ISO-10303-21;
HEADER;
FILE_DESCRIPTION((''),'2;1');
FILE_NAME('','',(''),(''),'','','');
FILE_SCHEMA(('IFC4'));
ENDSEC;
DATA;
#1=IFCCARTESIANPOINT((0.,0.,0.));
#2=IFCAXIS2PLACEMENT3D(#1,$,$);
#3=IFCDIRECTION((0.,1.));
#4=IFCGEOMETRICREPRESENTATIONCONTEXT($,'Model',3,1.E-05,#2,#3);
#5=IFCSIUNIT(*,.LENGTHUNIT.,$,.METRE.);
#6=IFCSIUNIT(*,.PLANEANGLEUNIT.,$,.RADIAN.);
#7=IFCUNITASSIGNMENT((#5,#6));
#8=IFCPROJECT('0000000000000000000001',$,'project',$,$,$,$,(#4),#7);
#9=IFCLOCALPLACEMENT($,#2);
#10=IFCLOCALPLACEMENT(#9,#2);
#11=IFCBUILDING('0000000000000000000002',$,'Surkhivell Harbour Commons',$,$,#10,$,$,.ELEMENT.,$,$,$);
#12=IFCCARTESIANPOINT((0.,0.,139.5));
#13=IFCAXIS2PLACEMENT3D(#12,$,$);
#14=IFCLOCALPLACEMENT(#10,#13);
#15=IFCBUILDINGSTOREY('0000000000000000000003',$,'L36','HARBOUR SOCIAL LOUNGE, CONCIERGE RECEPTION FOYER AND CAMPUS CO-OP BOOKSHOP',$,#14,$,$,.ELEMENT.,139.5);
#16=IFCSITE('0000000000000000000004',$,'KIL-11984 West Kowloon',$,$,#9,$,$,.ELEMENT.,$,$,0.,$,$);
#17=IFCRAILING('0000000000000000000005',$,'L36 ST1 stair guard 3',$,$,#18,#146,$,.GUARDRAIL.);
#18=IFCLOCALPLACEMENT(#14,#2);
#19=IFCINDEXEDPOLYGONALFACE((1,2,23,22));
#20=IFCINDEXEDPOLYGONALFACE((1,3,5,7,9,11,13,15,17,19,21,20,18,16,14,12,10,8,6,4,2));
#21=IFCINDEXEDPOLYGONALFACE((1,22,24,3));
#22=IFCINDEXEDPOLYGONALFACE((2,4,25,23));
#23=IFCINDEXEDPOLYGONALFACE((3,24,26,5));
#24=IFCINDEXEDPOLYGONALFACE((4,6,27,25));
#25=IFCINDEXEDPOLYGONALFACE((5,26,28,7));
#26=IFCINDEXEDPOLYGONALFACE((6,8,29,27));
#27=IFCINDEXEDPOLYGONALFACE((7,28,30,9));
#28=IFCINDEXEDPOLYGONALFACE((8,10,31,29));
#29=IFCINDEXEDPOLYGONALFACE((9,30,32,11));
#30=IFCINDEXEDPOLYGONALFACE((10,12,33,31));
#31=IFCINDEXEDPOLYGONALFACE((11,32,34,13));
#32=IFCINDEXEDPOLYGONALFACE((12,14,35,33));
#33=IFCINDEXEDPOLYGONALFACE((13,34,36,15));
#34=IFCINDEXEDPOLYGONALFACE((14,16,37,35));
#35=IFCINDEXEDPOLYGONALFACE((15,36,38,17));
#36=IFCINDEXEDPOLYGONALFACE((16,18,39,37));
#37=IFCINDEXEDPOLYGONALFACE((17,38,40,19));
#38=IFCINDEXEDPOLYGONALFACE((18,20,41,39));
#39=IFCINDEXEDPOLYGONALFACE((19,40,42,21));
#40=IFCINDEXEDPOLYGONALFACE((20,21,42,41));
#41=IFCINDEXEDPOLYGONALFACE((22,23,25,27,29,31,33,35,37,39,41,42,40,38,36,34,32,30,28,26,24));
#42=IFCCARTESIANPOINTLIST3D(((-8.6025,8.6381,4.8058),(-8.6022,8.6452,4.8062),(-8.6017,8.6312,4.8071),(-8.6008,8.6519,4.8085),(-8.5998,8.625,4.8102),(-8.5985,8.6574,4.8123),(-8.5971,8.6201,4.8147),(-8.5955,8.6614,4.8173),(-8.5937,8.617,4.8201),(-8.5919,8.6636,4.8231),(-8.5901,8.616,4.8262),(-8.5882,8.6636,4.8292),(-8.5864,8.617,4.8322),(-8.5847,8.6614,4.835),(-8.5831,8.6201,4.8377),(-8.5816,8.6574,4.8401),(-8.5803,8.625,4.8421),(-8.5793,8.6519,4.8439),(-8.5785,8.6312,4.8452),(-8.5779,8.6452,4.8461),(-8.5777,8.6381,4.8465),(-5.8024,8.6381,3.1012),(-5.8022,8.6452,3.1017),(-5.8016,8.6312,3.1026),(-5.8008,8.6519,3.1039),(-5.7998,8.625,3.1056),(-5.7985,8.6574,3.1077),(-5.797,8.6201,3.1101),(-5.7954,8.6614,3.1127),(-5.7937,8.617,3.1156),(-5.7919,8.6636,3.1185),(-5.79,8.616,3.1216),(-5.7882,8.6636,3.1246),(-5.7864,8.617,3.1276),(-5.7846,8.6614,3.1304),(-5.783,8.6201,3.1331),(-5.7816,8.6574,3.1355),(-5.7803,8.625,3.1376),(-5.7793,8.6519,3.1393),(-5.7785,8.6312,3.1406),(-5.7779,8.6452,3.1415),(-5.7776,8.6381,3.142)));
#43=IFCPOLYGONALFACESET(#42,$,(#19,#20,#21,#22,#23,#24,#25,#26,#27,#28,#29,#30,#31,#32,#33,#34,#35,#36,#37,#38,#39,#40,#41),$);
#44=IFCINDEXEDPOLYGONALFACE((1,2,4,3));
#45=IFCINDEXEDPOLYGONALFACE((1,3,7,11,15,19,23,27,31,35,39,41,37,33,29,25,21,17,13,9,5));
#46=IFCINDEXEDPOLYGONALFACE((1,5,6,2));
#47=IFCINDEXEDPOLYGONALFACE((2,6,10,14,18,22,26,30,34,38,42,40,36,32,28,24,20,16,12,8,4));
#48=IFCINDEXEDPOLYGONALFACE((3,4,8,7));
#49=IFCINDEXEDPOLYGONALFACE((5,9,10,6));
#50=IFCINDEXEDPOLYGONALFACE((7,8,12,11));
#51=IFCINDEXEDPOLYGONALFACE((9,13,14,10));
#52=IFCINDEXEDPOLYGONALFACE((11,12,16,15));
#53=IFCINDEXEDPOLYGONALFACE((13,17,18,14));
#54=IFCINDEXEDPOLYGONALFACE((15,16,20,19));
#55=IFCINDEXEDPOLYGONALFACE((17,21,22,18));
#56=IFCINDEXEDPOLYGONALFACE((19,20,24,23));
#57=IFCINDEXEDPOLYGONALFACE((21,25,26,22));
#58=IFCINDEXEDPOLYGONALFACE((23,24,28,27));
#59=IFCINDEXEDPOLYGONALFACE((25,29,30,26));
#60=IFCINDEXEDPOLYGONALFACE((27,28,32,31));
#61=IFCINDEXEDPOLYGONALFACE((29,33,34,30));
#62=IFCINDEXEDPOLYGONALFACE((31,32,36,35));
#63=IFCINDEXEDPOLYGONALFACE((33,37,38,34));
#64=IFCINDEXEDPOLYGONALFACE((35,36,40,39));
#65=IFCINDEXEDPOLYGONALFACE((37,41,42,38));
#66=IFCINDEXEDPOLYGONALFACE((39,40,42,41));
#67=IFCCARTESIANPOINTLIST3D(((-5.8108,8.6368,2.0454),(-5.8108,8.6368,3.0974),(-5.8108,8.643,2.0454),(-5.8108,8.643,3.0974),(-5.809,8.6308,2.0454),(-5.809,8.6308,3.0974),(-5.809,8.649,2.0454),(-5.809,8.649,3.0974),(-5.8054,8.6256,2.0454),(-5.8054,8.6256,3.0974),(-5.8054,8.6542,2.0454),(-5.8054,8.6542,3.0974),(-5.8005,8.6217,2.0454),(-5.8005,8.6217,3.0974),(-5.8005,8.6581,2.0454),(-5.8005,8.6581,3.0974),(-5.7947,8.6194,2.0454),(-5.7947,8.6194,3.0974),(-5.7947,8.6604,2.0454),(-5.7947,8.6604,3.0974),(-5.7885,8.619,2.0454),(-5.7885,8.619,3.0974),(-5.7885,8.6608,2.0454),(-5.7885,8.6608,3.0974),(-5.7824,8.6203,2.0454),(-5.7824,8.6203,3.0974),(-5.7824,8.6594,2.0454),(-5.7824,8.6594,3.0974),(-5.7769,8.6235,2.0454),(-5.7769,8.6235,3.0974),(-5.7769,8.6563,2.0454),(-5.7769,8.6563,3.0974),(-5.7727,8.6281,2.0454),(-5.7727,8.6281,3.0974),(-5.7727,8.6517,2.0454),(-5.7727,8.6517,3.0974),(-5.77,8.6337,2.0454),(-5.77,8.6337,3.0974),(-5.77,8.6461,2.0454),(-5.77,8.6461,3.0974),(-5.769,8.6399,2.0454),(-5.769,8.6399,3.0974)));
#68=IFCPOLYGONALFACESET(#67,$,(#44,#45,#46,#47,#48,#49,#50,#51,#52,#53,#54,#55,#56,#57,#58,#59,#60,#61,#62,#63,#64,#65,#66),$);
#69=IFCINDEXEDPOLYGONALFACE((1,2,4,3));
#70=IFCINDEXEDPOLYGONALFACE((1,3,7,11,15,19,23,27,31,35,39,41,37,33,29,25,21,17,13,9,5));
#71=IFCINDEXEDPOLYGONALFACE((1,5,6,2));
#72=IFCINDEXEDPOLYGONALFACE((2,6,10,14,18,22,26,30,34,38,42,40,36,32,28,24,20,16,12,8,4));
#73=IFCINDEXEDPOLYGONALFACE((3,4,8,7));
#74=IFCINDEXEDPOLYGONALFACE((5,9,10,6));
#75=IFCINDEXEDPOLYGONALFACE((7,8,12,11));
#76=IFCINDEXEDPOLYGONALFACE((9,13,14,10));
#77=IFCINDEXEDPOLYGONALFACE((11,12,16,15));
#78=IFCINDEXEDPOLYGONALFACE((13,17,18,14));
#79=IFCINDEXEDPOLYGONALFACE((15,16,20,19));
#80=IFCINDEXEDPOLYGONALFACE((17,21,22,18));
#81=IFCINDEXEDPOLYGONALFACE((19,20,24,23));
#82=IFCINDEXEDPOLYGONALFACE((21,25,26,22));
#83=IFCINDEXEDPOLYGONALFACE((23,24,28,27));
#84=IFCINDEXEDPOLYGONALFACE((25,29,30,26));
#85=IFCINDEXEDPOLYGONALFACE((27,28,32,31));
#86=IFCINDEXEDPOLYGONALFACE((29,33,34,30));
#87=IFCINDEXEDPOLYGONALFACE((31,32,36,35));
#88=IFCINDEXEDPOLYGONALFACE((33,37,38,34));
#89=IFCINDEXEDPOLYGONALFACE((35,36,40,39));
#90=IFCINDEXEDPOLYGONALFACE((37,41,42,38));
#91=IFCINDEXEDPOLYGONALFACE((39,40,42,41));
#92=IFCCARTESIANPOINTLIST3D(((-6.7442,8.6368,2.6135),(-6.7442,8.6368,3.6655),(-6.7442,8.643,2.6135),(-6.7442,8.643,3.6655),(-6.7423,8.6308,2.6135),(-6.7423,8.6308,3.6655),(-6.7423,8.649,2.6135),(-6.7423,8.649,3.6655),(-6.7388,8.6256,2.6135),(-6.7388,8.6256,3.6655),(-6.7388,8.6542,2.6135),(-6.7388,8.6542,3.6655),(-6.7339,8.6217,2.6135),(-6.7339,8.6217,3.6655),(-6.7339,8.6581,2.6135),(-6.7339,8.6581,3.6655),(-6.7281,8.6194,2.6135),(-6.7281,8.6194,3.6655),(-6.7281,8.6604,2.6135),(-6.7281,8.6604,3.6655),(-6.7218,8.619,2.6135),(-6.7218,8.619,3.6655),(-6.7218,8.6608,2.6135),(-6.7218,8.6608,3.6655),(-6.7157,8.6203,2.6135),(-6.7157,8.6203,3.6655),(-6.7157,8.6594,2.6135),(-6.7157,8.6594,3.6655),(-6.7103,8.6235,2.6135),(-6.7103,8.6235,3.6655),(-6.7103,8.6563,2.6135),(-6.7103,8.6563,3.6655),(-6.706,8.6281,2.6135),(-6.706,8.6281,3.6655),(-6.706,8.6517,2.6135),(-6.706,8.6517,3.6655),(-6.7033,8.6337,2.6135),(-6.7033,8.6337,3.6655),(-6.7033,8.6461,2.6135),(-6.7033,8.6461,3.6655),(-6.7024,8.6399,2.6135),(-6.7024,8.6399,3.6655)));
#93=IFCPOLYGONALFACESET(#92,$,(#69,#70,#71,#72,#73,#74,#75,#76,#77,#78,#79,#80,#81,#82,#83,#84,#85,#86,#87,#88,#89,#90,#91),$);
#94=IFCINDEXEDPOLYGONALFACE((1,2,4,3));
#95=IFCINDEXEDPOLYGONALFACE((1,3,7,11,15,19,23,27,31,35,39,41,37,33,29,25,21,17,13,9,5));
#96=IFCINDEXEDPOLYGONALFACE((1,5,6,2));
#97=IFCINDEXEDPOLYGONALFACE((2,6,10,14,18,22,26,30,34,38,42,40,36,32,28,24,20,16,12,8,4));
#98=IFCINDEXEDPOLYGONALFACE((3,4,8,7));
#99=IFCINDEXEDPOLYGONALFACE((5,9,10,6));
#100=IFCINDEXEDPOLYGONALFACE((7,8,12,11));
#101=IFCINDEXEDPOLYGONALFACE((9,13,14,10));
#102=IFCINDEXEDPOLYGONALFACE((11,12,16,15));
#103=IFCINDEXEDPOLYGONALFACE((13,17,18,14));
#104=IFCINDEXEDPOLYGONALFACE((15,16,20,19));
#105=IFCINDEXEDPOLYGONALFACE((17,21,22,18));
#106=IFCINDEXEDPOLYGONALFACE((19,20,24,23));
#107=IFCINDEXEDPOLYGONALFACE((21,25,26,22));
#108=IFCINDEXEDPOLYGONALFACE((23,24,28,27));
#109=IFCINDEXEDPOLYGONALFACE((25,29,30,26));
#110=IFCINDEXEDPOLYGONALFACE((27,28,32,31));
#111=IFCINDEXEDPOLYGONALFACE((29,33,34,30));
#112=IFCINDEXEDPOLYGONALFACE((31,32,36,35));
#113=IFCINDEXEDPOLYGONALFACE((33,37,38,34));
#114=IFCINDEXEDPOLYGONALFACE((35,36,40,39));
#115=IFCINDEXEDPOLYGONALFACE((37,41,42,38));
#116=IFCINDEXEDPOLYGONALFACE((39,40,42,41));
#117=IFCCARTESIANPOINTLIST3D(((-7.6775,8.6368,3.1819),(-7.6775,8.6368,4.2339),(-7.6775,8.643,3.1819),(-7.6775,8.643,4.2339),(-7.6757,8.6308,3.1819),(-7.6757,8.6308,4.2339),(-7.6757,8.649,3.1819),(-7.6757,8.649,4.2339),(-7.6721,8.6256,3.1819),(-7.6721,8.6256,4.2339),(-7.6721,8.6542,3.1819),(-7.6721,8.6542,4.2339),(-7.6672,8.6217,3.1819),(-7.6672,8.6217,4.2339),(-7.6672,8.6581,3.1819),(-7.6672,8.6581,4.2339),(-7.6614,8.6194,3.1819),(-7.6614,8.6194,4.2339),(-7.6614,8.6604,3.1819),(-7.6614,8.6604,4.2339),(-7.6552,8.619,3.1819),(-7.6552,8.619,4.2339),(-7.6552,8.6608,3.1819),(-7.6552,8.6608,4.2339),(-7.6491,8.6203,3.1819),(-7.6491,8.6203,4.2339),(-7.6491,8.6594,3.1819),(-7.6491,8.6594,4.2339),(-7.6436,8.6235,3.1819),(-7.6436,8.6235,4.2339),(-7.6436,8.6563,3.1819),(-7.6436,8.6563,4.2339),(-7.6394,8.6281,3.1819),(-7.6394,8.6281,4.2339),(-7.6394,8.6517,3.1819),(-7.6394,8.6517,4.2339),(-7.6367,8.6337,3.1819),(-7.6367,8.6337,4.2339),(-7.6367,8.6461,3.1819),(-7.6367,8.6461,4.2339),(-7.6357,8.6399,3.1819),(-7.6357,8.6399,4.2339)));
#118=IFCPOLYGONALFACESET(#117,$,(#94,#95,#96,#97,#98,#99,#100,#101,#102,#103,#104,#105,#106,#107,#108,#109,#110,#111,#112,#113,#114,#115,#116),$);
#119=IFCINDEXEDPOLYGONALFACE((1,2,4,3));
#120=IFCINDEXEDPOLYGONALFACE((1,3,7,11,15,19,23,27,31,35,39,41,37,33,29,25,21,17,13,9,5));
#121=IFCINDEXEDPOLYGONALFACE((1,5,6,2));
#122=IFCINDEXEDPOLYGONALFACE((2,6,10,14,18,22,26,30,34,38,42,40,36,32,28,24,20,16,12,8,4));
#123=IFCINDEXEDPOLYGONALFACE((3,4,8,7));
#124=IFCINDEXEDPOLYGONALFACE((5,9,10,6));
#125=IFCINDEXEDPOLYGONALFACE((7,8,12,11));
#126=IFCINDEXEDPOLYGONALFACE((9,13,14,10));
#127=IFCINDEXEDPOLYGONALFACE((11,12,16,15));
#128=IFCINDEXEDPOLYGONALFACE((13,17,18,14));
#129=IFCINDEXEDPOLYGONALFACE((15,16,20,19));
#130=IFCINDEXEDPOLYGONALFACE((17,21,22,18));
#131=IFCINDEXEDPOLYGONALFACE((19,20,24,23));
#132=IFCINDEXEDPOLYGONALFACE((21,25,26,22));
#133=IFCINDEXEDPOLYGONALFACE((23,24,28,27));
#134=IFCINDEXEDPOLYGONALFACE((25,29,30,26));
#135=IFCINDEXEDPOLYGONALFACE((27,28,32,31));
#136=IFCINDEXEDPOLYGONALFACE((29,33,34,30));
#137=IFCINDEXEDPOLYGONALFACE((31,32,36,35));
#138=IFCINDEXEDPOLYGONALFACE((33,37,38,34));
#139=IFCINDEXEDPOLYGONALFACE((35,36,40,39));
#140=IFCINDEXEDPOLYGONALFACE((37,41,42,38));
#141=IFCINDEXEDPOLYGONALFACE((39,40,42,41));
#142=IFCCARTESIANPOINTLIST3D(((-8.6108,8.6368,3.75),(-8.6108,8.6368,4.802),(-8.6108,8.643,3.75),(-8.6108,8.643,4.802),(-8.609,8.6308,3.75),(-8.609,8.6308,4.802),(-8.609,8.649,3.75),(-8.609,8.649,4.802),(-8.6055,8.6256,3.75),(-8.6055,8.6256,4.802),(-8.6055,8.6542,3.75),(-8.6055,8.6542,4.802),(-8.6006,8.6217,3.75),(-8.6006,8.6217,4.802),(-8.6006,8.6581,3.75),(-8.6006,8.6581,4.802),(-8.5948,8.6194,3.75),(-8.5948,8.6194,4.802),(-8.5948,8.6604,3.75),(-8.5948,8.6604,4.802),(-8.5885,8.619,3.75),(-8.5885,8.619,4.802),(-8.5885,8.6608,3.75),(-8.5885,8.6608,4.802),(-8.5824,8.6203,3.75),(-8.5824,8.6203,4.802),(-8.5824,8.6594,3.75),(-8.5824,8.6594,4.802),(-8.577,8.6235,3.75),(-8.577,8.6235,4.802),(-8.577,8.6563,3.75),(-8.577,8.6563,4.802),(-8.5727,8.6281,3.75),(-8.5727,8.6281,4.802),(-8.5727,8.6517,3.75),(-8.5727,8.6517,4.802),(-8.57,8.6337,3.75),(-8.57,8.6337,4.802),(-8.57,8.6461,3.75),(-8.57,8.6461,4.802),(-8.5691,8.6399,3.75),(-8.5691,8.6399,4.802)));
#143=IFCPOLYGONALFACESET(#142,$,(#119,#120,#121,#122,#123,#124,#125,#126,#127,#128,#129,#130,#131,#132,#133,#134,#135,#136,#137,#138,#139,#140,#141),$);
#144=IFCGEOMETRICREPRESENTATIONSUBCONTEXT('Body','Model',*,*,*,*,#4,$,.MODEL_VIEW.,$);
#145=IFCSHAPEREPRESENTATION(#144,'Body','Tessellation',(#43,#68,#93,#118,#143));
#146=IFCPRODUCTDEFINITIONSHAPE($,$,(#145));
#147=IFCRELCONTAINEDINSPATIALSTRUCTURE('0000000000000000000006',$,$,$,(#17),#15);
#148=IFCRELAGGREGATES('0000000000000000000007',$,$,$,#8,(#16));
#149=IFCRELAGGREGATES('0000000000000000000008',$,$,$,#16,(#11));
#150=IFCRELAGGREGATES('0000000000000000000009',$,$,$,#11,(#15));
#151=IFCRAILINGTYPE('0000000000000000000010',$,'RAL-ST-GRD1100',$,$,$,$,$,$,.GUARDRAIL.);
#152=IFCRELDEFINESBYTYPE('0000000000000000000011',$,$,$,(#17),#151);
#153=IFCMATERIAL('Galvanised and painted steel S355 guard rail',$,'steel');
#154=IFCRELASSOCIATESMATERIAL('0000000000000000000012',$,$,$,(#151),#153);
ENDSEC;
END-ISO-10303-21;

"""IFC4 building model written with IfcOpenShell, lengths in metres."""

from ifc_helpers import new_model, si_unit, direction, frame, origin, origin_2d, place, context, subcontext, project, spatial, circle, extrude, material, type_object, element, save


model = new_model("IFC4")

# Units and contexts
model_context = context("Model", 3, precision=1e-05, world=origin(), true_north=direction((0.0, 1.0)))
body_context = subcontext(model_context, "Body", "Model", "MODEL_VIEW")
ifc_project = project(units=[si_unit("LENGTHUNIT", "METRE"), si_unit("PLANEANGLEUNIT", "RADIAN")], contexts=[model_context])

# Site, building, storey
site_placement = place(None, origin())
site = spatial("IfcSite", under=ifc_project, at=site_placement, Name="KIL-11984 West Kowloon", CompositionType="ELEMENT", RefElevation=0.0)
building_placement = place(site_placement, origin())
building = spatial("IfcBuilding", under=site, at=building_placement, Name="Surkhivell Harbour Commons", CompositionType="ELEMENT")
storey_placement = place(building_placement, frame((0.0, 0.0, 139.5)))
storey = spatial("IfcBuildingStorey", under=building, at=storey_placement, Name="L36", Description="HARBOUR SOCIAL LOUNGE, CONCIERGE RECEPTION FOYER AND CAMPUS CO-OP BOOKSHOP", CompositionType="ELEMENT", Elevation=139.5)

# Railing
ifc_material_1 = material(Name="Galvanised and painted steel S355 guard rail", Category="steel")
railing_type_1 = type_object("IfcRailingType", Name="RAL-ST-GRD1100", PredefinedType="GUARDRAIL", material=ifc_material_1)
railing_1_placement = place(storey_placement, frame((-5.79, 8.6399, 2.0454)))
element("IfcRailing", 1, at=railing_1_placement, inside=storey, type_object=railing_type_1, Name="L36 ST1 stair guard 3", PredefinedType="GUARDRAIL", context=body_context, shape_type="SweptSolid", body=[
    extrude(circle(Radius=0.0239, at=origin_2d()), frame((0.0, 0.0, 1.0762), z_axis=(-0.85417, 0.0, 0.519994), x_axis=(0.0, -1.0, 0.0)), (0.0, 0.0, 1.0), 3.2781),
    extrude(circle(Radius=0.021, at=origin_2d()), origin(), (0.0, 0.0, 1.0), 1.052),
    extrude(circle(Radius=0.021, at=origin_2d()), frame((-0.9333, 0.0, 0.5681)), (0.0, 0.0, 1.0), 1.052),
    extrude(circle(Radius=0.021, at=origin_2d()), frame((-1.8667, 0.0, 1.1365)), (0.0, 0.0, 1.0), 1.052),
    extrude(circle(Radius=0.021, at=origin_2d()), frame((-2.8, 0.0, 1.7046)), (0.0, 0.0, 1.0), 1.052),
])

save(model, "model.ifc")
